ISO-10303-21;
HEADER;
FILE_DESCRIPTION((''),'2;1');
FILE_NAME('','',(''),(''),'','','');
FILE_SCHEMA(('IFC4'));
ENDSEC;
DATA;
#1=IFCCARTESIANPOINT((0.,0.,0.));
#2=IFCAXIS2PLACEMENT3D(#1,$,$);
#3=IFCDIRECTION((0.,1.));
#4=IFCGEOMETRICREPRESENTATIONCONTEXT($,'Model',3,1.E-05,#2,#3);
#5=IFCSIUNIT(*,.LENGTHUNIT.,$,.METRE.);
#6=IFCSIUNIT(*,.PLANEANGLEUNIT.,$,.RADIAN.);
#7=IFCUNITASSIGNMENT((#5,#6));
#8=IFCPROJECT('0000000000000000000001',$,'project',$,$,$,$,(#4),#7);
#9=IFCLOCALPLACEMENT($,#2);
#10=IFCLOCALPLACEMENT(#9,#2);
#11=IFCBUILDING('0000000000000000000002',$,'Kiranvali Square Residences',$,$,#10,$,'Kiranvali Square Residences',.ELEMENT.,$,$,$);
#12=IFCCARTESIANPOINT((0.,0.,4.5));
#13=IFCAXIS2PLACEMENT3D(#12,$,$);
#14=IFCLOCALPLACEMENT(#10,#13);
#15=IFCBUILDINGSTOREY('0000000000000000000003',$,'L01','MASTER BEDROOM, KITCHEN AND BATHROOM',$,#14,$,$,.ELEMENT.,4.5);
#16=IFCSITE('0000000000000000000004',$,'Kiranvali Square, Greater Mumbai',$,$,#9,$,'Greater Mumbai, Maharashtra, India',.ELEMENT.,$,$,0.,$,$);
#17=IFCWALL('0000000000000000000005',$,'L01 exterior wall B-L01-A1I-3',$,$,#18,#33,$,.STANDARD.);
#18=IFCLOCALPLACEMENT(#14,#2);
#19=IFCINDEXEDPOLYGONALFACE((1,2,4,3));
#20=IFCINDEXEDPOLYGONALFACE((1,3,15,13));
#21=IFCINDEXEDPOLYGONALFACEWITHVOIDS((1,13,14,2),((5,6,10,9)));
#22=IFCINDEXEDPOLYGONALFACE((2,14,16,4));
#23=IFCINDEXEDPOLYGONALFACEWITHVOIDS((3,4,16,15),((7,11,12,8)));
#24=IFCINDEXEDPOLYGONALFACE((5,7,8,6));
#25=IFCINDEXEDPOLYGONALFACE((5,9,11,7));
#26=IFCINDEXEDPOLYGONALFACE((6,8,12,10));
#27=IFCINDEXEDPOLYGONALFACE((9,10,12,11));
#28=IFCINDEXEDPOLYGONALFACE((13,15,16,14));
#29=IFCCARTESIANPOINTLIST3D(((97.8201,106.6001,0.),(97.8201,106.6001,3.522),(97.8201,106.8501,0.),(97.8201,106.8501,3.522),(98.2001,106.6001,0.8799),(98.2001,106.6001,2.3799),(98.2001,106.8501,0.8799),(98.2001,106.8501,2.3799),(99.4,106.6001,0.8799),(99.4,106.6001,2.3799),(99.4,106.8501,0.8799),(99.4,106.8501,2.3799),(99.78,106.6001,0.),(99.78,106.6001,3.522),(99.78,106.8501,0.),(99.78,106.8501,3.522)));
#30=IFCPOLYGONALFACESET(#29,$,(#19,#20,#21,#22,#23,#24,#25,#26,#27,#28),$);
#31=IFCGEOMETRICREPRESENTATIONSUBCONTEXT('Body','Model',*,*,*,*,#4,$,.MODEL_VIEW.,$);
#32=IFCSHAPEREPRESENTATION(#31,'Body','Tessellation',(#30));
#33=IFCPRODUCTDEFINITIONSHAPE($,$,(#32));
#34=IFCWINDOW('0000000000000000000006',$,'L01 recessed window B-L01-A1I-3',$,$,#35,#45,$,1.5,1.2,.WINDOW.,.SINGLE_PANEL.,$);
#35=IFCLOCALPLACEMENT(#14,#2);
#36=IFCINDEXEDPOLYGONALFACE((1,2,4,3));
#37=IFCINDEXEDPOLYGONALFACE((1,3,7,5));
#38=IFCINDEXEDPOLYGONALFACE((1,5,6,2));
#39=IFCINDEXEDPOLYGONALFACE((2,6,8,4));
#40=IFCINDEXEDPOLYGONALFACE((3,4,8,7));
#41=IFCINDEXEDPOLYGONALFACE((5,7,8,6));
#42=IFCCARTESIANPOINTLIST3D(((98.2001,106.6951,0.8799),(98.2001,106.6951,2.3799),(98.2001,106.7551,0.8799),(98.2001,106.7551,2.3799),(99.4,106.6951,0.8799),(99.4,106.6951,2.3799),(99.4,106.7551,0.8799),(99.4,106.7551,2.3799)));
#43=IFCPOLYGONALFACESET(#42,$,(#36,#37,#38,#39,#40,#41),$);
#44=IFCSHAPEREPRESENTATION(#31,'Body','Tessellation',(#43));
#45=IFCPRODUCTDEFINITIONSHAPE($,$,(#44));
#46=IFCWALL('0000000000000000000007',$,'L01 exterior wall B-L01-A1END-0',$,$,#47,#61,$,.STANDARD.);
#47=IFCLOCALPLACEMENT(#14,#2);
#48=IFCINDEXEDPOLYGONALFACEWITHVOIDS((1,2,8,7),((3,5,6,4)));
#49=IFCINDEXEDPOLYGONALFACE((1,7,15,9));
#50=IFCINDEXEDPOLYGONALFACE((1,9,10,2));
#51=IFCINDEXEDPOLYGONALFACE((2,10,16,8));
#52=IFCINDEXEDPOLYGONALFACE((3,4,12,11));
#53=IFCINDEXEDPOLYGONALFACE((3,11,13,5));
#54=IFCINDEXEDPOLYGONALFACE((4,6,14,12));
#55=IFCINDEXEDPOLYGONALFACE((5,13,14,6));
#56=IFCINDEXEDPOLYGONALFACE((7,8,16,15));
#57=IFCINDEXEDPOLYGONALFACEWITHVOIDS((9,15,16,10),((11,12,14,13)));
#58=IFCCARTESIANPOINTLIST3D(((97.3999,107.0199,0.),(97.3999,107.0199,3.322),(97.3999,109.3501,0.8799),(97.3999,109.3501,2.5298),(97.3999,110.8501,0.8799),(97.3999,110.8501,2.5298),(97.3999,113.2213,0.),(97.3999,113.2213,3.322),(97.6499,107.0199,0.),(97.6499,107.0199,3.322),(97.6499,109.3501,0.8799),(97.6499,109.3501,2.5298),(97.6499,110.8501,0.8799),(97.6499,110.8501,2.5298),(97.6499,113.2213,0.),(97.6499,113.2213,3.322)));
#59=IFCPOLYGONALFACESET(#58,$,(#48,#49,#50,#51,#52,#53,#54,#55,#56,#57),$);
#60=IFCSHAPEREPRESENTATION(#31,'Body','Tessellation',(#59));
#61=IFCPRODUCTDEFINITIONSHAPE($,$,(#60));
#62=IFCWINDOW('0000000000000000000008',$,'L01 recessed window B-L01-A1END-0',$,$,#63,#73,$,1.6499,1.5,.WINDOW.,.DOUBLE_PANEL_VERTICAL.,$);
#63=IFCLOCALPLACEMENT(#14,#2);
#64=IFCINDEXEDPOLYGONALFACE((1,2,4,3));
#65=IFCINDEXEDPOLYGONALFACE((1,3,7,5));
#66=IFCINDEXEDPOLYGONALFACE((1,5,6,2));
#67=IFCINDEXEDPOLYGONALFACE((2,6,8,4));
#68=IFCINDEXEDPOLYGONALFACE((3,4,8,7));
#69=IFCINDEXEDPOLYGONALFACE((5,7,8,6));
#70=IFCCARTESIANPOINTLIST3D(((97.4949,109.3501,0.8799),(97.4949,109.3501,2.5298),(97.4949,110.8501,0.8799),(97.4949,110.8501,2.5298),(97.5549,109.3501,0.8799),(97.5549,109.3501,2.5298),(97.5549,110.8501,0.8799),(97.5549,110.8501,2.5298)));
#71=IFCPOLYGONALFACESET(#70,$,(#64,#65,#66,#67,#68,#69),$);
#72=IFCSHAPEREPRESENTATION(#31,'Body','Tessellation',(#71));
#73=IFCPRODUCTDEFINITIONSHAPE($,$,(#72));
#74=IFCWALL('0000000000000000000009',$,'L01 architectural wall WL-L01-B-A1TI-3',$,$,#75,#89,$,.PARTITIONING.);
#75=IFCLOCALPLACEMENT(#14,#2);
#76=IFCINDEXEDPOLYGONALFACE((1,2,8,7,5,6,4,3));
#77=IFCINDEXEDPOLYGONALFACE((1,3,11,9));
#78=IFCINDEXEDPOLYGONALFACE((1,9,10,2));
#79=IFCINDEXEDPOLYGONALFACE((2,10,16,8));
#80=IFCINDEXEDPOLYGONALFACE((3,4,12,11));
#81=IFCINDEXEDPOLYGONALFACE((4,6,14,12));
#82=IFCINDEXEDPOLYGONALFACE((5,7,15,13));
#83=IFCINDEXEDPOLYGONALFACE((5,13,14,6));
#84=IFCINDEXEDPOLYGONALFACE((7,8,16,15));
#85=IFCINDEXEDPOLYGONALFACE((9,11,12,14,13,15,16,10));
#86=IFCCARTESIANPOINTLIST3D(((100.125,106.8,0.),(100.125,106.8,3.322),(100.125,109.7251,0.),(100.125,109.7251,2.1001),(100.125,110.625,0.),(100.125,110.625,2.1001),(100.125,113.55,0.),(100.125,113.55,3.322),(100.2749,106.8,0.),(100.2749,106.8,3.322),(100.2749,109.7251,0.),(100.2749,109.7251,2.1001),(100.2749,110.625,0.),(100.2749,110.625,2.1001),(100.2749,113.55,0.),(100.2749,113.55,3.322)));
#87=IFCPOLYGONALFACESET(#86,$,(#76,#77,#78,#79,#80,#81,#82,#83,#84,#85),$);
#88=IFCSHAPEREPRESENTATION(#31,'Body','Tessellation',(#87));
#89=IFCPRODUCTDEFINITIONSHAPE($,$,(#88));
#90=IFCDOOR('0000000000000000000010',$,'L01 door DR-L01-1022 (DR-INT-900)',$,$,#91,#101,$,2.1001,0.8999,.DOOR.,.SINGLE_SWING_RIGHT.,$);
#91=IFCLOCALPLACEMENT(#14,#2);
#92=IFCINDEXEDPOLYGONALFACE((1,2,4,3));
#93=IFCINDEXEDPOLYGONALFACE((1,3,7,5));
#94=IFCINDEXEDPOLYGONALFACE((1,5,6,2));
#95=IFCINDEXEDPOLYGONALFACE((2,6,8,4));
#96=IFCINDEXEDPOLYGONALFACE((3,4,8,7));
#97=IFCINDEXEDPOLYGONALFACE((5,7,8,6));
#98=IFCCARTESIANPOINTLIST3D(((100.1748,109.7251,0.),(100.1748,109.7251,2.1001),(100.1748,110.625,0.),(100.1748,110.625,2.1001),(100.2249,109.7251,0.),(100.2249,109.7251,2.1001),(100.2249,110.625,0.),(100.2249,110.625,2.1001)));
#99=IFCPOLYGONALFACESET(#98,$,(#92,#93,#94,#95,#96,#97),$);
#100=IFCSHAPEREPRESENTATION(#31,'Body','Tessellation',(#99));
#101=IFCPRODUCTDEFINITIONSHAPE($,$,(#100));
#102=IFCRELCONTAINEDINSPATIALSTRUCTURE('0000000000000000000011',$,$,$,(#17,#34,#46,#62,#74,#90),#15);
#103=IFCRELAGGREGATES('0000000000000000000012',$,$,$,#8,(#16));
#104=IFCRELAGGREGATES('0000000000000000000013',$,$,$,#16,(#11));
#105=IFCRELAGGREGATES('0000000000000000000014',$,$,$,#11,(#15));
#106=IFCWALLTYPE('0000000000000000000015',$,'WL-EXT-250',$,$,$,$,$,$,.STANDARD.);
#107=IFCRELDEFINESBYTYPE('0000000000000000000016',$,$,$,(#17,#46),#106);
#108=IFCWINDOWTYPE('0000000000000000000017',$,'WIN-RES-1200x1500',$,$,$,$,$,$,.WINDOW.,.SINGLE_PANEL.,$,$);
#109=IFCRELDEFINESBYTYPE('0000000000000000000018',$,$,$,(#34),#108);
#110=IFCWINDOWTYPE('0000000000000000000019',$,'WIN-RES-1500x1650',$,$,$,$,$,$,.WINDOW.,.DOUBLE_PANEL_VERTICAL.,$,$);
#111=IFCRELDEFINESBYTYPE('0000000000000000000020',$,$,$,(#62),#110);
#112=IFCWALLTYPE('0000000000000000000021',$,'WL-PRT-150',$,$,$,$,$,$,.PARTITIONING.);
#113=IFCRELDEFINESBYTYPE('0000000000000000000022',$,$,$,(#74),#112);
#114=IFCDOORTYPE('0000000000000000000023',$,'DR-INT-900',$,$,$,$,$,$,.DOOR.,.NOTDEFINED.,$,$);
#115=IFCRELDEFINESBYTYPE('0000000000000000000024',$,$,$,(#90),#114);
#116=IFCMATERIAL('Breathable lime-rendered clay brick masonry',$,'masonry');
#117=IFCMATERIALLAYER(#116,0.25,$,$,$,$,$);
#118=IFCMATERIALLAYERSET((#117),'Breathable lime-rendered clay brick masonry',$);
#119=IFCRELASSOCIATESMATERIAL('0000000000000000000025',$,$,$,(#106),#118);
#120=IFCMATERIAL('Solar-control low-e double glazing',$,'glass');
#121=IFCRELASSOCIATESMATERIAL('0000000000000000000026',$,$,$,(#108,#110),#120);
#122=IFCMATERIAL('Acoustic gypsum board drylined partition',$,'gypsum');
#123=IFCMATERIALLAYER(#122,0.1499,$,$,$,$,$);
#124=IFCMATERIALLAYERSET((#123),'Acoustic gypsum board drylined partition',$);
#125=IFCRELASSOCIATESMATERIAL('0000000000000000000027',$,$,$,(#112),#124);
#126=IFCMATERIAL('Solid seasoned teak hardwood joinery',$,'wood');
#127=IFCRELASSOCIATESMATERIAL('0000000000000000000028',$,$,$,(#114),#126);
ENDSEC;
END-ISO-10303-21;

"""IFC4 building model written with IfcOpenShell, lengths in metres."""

from ifc_helpers import new_model, si_unit, direction, frame, frame_2d, origin, place, context, subcontext, project, spatial, rectangle, extrude, material, layer, layer_set, type_object, element, fill, save


model = new_model("IFC4")

# Units and contexts
model_context = context("Model", 3, precision=1e-05, world=origin(), true_north=direction((0.0, 1.0)))
body_context = subcontext(model_context, "Body", "Model", "MODEL_VIEW")
ifc_project = project(units=[si_unit("LENGTHUNIT", "METRE"), si_unit("PLANEANGLEUNIT", "RADIAN")], contexts=[model_context])

# Site, building, storey
site_placement = place(None, origin())
site = spatial("IfcSite", under=ifc_project, at=site_placement, Name="Kiranvali Square, Greater Mumbai", LongName="Greater Mumbai, Maharashtra, India", CompositionType="ELEMENT", RefElevation=0.0)
building_placement = place(site_placement, origin())
building = spatial("IfcBuilding", under=site, at=building_placement, Name="Kiranvali Square Residences", LongName="Kiranvali Square Residences", CompositionType="ELEMENT")
storey_placement = place(building_placement, frame((0.0, 0.0, 4.5)))
storey = spatial("IfcBuildingStorey", under=building, at=storey_placement, Name="L01", Description="MASTER BEDROOM, KITCHEN AND BATHROOM", CompositionType="ELEMENT", Elevation=4.5)

# Shared definitions
ifc_material_1 = material(Name="Solar-control low-e double glazing", Category="glass")

# Walls, openings, windows
ifc_material_2 = material(Name="Breathable lime-rendered clay brick masonry", Category="masonry")
ifc_layer_1 = layer(ifc_material_2, 0.25)
ifc_layer_set_1 = layer_set([ifc_layer_1], Name="Breathable lime-rendered clay brick masonry")
wall_type_1 = type_object("IfcWallType", Name="WL-EXT-250", PredefinedType="STANDARD", material=ifc_layer_set_1)
wall_1_placement = place(storey_placement, frame((99.78, 106.7251, 0.0), z_axis=(0.0, 0.0, 1.0), x_axis=(-1.0, 0.0, 0.0)))
wall_1 = element("IfcWall", 1, at=wall_1_placement, inside=storey, type_object=wall_type_1, Name="L01 exterior wall B-L01-A1I-3", PredefinedType="STANDARD", context=body_context, shape_type="SweptSolid", body=[
    extrude(rectangle(XDim=1.96, YDim=0.25, at=frame_2d((0.98, 0.0))), origin(), (0.0, 0.0, 1.0), 3.522),
])
opening_1_placement = place(wall_1_placement, frame((0.3799, 0.0, 0.8799)))
opening_1 = element("IfcOpeningElement", 2, at=opening_1_placement, cuts=wall_1, PredefinedType="OPENING", context=body_context, shape_type="SweptSolid", body=[
    extrude(rectangle(XDim=1.2, YDim=1.5, at=frame_2d((0.6001, 0.75))), frame((0.0, 0.135, 0.0), z_axis=(0.0, -1.0, 0.0), x_axis=(1.0, 0.0, 0.0)), (0.0, 0.0, 1.0), 0.27),
])
window_type_1 = type_object("IfcWindowType", Name="WIN-RES-1200x1500", PartitioningType="SINGLE_PANEL", PredefinedType="WINDOW", material=ifc_material_1)
window_1_placement = place(opening_1_placement, origin())
window_1 = element("IfcWindow", 3, at=window_1_placement, inside=storey, type_object=window_type_1, Name="L01 recessed window B-L01-A1I-3", OverallHeight=1.5, OverallWidth=1.2, PartitioningType="SINGLE_PANEL", PredefinedType="WINDOW", context=body_context, shape_type="SweptSolid", body=[
    extrude(rectangle(XDim=1.2, YDim=1.5, at=frame_2d((0.6001, 0.75))), frame((0.0, 0.03, 0.0), z_axis=(0.0, -1.0, 0.0), x_axis=(1.0, 0.0, 0.0)), (0.0, 0.0, 1.0), 0.0601),
])
fill(opening_1, window_1)
wall_2_placement = place(storey_placement, frame((97.5249, 107.02, 0.0), z_axis=(0.0, 0.0, 1.0), x_axis=(0.0, 1.0, 0.0)))
wall_2 = element("IfcWall", 4, at=wall_2_placement, inside=storey, type_object=wall_type_1, Name="L01 exterior wall B-L01-A1END-0", PredefinedType="STANDARD", context=body_context, shape_type="SweptSolid", body=[
    extrude(rectangle(XDim=6.2014, YDim=0.25, at=frame_2d((3.1006, 0.0))), origin(), (0.0, 0.0, 1.0), 3.322),
])
opening_2_placement = place(wall_2_placement, frame((2.3301, 0.0, 0.8799)))
opening_2 = element("IfcOpeningElement", 5, at=opening_2_placement, cuts=wall_2, PredefinedType="OPENING", context=body_context, shape_type="SweptSolid", body=[
    extrude(rectangle(XDim=1.5, YDim=1.6499, at=frame_2d((0.75, 0.825))), frame((0.0, 0.135, 0.0), z_axis=(0.0, -1.0, 0.0), x_axis=(1.0, 0.0, 0.0)), (0.0, 0.0, 1.0), 0.27),
])
window_type_2 = type_object("IfcWindowType", Name="WIN-RES-1500x1650", PartitioningType="DOUBLE_PANEL_VERTICAL", PredefinedType="WINDOW", material=ifc_material_1)
window_2_placement = place(opening_2_placement, origin())
window_2 = element("IfcWindow", 6, at=window_2_placement, inside=storey, type_object=window_type_2, Name="L01 recessed window B-L01-A1END-0", OverallHeight=1.6499, OverallWidth=1.5, PartitioningType="DOUBLE_PANEL_VERTICAL", PredefinedType="WINDOW", context=body_context, shape_type="SweptSolid", body=[
    extrude(rectangle(XDim=1.5, YDim=1.6499, at=frame_2d((0.75, 0.825))), frame((0.0, 0.03, 0.0), z_axis=(0.0, -1.0, 0.0), x_axis=(1.0, 0.0, 0.0)), (0.0, 0.0, 1.0), 0.0601),
])
fill(opening_2, window_2)

# Wall, opening, door
ifc_material_3 = material(Name="Acoustic gypsum board drylined partition", Category="gypsum")
ifc_layer_2 = layer(ifc_material_3, 0.1499)
ifc_layer_set_2 = layer_set([ifc_layer_2], Name="Acoustic gypsum board drylined partition")
wall_type_2 = type_object("IfcWallType", Name="WL-PRT-150", PredefinedType="PARTITIONING", material=ifc_layer_set_2)
wall_3_placement = place(storey_placement, frame((100.2, 106.8, 0.0), z_axis=(0.0, 0.0, 1.0), x_axis=(0.0, 1.0, 0.0)))
wall_3 = element("IfcWall", 7, at=wall_3_placement, inside=storey, type_object=wall_type_2, Name="L01 architectural wall WL-L01-B-A1TI-3", PredefinedType="PARTITIONING", context=body_context, shape_type="SweptSolid", body=[
    extrude(rectangle(XDim=6.75, YDim=0.1499, at=frame_2d((3.375, 0.0))), origin(), (0.0, 0.0, 1.0), 3.322),
])
opening_3_placement = place(wall_3_placement, frame((2.925, 0.0, 0.0)))
opening_3 = element("IfcOpeningElement", 8, at=opening_3_placement, cuts=wall_3, PredefinedType="OPENING", context=body_context, shape_type="SweptSolid", body=[
    extrude(rectangle(XDim=0.8999, YDim=2.1001, at=frame_2d((0.45, 1.05))), frame((0.0, 0.085, 0.0), z_axis=(0.0, -1.0, 0.0), x_axis=(1.0, 0.0, 0.0)), (0.0, 0.0, 1.0), 0.1699),
])
ifc_material_4 = material(Name="Solid seasoned teak hardwood joinery", Category="wood")
door_type = type_object("IfcDoorType", Name="DR-INT-900", OperationType="NOTDEFINED", PredefinedType="DOOR", material=ifc_material_4)
door_placement = place(opening_3_placement, frame((0.8999, 0.0, 0.0), z_axis=(0.0, 0.0, 1.0), x_axis=(-1.0, 0.0, 0.0)))
door = element("IfcDoor", 9, at=door_placement, inside=storey, type_object=door_type, Name="L01 door DR-L01-1022 (DR-INT-900)", OperationType="SINGLE_SWING_RIGHT", OverallHeight=2.1001, OverallWidth=0.8999, PredefinedType="DOOR", context=body_context, shape_type="SweptSolid", body=[
    extrude(rectangle(XDim=0.8999, YDim=2.1001, at=frame_2d((0.45, 1.05))), frame((0.0, 0.0249, 0.0), z_axis=(0.0, -1.0, 0.0), x_axis=(1.0, 0.0, 0.0)), (0.0, 0.0, 1.0), 0.05),
])
fill(opening_3, door)

save(model, "model.ifc")
